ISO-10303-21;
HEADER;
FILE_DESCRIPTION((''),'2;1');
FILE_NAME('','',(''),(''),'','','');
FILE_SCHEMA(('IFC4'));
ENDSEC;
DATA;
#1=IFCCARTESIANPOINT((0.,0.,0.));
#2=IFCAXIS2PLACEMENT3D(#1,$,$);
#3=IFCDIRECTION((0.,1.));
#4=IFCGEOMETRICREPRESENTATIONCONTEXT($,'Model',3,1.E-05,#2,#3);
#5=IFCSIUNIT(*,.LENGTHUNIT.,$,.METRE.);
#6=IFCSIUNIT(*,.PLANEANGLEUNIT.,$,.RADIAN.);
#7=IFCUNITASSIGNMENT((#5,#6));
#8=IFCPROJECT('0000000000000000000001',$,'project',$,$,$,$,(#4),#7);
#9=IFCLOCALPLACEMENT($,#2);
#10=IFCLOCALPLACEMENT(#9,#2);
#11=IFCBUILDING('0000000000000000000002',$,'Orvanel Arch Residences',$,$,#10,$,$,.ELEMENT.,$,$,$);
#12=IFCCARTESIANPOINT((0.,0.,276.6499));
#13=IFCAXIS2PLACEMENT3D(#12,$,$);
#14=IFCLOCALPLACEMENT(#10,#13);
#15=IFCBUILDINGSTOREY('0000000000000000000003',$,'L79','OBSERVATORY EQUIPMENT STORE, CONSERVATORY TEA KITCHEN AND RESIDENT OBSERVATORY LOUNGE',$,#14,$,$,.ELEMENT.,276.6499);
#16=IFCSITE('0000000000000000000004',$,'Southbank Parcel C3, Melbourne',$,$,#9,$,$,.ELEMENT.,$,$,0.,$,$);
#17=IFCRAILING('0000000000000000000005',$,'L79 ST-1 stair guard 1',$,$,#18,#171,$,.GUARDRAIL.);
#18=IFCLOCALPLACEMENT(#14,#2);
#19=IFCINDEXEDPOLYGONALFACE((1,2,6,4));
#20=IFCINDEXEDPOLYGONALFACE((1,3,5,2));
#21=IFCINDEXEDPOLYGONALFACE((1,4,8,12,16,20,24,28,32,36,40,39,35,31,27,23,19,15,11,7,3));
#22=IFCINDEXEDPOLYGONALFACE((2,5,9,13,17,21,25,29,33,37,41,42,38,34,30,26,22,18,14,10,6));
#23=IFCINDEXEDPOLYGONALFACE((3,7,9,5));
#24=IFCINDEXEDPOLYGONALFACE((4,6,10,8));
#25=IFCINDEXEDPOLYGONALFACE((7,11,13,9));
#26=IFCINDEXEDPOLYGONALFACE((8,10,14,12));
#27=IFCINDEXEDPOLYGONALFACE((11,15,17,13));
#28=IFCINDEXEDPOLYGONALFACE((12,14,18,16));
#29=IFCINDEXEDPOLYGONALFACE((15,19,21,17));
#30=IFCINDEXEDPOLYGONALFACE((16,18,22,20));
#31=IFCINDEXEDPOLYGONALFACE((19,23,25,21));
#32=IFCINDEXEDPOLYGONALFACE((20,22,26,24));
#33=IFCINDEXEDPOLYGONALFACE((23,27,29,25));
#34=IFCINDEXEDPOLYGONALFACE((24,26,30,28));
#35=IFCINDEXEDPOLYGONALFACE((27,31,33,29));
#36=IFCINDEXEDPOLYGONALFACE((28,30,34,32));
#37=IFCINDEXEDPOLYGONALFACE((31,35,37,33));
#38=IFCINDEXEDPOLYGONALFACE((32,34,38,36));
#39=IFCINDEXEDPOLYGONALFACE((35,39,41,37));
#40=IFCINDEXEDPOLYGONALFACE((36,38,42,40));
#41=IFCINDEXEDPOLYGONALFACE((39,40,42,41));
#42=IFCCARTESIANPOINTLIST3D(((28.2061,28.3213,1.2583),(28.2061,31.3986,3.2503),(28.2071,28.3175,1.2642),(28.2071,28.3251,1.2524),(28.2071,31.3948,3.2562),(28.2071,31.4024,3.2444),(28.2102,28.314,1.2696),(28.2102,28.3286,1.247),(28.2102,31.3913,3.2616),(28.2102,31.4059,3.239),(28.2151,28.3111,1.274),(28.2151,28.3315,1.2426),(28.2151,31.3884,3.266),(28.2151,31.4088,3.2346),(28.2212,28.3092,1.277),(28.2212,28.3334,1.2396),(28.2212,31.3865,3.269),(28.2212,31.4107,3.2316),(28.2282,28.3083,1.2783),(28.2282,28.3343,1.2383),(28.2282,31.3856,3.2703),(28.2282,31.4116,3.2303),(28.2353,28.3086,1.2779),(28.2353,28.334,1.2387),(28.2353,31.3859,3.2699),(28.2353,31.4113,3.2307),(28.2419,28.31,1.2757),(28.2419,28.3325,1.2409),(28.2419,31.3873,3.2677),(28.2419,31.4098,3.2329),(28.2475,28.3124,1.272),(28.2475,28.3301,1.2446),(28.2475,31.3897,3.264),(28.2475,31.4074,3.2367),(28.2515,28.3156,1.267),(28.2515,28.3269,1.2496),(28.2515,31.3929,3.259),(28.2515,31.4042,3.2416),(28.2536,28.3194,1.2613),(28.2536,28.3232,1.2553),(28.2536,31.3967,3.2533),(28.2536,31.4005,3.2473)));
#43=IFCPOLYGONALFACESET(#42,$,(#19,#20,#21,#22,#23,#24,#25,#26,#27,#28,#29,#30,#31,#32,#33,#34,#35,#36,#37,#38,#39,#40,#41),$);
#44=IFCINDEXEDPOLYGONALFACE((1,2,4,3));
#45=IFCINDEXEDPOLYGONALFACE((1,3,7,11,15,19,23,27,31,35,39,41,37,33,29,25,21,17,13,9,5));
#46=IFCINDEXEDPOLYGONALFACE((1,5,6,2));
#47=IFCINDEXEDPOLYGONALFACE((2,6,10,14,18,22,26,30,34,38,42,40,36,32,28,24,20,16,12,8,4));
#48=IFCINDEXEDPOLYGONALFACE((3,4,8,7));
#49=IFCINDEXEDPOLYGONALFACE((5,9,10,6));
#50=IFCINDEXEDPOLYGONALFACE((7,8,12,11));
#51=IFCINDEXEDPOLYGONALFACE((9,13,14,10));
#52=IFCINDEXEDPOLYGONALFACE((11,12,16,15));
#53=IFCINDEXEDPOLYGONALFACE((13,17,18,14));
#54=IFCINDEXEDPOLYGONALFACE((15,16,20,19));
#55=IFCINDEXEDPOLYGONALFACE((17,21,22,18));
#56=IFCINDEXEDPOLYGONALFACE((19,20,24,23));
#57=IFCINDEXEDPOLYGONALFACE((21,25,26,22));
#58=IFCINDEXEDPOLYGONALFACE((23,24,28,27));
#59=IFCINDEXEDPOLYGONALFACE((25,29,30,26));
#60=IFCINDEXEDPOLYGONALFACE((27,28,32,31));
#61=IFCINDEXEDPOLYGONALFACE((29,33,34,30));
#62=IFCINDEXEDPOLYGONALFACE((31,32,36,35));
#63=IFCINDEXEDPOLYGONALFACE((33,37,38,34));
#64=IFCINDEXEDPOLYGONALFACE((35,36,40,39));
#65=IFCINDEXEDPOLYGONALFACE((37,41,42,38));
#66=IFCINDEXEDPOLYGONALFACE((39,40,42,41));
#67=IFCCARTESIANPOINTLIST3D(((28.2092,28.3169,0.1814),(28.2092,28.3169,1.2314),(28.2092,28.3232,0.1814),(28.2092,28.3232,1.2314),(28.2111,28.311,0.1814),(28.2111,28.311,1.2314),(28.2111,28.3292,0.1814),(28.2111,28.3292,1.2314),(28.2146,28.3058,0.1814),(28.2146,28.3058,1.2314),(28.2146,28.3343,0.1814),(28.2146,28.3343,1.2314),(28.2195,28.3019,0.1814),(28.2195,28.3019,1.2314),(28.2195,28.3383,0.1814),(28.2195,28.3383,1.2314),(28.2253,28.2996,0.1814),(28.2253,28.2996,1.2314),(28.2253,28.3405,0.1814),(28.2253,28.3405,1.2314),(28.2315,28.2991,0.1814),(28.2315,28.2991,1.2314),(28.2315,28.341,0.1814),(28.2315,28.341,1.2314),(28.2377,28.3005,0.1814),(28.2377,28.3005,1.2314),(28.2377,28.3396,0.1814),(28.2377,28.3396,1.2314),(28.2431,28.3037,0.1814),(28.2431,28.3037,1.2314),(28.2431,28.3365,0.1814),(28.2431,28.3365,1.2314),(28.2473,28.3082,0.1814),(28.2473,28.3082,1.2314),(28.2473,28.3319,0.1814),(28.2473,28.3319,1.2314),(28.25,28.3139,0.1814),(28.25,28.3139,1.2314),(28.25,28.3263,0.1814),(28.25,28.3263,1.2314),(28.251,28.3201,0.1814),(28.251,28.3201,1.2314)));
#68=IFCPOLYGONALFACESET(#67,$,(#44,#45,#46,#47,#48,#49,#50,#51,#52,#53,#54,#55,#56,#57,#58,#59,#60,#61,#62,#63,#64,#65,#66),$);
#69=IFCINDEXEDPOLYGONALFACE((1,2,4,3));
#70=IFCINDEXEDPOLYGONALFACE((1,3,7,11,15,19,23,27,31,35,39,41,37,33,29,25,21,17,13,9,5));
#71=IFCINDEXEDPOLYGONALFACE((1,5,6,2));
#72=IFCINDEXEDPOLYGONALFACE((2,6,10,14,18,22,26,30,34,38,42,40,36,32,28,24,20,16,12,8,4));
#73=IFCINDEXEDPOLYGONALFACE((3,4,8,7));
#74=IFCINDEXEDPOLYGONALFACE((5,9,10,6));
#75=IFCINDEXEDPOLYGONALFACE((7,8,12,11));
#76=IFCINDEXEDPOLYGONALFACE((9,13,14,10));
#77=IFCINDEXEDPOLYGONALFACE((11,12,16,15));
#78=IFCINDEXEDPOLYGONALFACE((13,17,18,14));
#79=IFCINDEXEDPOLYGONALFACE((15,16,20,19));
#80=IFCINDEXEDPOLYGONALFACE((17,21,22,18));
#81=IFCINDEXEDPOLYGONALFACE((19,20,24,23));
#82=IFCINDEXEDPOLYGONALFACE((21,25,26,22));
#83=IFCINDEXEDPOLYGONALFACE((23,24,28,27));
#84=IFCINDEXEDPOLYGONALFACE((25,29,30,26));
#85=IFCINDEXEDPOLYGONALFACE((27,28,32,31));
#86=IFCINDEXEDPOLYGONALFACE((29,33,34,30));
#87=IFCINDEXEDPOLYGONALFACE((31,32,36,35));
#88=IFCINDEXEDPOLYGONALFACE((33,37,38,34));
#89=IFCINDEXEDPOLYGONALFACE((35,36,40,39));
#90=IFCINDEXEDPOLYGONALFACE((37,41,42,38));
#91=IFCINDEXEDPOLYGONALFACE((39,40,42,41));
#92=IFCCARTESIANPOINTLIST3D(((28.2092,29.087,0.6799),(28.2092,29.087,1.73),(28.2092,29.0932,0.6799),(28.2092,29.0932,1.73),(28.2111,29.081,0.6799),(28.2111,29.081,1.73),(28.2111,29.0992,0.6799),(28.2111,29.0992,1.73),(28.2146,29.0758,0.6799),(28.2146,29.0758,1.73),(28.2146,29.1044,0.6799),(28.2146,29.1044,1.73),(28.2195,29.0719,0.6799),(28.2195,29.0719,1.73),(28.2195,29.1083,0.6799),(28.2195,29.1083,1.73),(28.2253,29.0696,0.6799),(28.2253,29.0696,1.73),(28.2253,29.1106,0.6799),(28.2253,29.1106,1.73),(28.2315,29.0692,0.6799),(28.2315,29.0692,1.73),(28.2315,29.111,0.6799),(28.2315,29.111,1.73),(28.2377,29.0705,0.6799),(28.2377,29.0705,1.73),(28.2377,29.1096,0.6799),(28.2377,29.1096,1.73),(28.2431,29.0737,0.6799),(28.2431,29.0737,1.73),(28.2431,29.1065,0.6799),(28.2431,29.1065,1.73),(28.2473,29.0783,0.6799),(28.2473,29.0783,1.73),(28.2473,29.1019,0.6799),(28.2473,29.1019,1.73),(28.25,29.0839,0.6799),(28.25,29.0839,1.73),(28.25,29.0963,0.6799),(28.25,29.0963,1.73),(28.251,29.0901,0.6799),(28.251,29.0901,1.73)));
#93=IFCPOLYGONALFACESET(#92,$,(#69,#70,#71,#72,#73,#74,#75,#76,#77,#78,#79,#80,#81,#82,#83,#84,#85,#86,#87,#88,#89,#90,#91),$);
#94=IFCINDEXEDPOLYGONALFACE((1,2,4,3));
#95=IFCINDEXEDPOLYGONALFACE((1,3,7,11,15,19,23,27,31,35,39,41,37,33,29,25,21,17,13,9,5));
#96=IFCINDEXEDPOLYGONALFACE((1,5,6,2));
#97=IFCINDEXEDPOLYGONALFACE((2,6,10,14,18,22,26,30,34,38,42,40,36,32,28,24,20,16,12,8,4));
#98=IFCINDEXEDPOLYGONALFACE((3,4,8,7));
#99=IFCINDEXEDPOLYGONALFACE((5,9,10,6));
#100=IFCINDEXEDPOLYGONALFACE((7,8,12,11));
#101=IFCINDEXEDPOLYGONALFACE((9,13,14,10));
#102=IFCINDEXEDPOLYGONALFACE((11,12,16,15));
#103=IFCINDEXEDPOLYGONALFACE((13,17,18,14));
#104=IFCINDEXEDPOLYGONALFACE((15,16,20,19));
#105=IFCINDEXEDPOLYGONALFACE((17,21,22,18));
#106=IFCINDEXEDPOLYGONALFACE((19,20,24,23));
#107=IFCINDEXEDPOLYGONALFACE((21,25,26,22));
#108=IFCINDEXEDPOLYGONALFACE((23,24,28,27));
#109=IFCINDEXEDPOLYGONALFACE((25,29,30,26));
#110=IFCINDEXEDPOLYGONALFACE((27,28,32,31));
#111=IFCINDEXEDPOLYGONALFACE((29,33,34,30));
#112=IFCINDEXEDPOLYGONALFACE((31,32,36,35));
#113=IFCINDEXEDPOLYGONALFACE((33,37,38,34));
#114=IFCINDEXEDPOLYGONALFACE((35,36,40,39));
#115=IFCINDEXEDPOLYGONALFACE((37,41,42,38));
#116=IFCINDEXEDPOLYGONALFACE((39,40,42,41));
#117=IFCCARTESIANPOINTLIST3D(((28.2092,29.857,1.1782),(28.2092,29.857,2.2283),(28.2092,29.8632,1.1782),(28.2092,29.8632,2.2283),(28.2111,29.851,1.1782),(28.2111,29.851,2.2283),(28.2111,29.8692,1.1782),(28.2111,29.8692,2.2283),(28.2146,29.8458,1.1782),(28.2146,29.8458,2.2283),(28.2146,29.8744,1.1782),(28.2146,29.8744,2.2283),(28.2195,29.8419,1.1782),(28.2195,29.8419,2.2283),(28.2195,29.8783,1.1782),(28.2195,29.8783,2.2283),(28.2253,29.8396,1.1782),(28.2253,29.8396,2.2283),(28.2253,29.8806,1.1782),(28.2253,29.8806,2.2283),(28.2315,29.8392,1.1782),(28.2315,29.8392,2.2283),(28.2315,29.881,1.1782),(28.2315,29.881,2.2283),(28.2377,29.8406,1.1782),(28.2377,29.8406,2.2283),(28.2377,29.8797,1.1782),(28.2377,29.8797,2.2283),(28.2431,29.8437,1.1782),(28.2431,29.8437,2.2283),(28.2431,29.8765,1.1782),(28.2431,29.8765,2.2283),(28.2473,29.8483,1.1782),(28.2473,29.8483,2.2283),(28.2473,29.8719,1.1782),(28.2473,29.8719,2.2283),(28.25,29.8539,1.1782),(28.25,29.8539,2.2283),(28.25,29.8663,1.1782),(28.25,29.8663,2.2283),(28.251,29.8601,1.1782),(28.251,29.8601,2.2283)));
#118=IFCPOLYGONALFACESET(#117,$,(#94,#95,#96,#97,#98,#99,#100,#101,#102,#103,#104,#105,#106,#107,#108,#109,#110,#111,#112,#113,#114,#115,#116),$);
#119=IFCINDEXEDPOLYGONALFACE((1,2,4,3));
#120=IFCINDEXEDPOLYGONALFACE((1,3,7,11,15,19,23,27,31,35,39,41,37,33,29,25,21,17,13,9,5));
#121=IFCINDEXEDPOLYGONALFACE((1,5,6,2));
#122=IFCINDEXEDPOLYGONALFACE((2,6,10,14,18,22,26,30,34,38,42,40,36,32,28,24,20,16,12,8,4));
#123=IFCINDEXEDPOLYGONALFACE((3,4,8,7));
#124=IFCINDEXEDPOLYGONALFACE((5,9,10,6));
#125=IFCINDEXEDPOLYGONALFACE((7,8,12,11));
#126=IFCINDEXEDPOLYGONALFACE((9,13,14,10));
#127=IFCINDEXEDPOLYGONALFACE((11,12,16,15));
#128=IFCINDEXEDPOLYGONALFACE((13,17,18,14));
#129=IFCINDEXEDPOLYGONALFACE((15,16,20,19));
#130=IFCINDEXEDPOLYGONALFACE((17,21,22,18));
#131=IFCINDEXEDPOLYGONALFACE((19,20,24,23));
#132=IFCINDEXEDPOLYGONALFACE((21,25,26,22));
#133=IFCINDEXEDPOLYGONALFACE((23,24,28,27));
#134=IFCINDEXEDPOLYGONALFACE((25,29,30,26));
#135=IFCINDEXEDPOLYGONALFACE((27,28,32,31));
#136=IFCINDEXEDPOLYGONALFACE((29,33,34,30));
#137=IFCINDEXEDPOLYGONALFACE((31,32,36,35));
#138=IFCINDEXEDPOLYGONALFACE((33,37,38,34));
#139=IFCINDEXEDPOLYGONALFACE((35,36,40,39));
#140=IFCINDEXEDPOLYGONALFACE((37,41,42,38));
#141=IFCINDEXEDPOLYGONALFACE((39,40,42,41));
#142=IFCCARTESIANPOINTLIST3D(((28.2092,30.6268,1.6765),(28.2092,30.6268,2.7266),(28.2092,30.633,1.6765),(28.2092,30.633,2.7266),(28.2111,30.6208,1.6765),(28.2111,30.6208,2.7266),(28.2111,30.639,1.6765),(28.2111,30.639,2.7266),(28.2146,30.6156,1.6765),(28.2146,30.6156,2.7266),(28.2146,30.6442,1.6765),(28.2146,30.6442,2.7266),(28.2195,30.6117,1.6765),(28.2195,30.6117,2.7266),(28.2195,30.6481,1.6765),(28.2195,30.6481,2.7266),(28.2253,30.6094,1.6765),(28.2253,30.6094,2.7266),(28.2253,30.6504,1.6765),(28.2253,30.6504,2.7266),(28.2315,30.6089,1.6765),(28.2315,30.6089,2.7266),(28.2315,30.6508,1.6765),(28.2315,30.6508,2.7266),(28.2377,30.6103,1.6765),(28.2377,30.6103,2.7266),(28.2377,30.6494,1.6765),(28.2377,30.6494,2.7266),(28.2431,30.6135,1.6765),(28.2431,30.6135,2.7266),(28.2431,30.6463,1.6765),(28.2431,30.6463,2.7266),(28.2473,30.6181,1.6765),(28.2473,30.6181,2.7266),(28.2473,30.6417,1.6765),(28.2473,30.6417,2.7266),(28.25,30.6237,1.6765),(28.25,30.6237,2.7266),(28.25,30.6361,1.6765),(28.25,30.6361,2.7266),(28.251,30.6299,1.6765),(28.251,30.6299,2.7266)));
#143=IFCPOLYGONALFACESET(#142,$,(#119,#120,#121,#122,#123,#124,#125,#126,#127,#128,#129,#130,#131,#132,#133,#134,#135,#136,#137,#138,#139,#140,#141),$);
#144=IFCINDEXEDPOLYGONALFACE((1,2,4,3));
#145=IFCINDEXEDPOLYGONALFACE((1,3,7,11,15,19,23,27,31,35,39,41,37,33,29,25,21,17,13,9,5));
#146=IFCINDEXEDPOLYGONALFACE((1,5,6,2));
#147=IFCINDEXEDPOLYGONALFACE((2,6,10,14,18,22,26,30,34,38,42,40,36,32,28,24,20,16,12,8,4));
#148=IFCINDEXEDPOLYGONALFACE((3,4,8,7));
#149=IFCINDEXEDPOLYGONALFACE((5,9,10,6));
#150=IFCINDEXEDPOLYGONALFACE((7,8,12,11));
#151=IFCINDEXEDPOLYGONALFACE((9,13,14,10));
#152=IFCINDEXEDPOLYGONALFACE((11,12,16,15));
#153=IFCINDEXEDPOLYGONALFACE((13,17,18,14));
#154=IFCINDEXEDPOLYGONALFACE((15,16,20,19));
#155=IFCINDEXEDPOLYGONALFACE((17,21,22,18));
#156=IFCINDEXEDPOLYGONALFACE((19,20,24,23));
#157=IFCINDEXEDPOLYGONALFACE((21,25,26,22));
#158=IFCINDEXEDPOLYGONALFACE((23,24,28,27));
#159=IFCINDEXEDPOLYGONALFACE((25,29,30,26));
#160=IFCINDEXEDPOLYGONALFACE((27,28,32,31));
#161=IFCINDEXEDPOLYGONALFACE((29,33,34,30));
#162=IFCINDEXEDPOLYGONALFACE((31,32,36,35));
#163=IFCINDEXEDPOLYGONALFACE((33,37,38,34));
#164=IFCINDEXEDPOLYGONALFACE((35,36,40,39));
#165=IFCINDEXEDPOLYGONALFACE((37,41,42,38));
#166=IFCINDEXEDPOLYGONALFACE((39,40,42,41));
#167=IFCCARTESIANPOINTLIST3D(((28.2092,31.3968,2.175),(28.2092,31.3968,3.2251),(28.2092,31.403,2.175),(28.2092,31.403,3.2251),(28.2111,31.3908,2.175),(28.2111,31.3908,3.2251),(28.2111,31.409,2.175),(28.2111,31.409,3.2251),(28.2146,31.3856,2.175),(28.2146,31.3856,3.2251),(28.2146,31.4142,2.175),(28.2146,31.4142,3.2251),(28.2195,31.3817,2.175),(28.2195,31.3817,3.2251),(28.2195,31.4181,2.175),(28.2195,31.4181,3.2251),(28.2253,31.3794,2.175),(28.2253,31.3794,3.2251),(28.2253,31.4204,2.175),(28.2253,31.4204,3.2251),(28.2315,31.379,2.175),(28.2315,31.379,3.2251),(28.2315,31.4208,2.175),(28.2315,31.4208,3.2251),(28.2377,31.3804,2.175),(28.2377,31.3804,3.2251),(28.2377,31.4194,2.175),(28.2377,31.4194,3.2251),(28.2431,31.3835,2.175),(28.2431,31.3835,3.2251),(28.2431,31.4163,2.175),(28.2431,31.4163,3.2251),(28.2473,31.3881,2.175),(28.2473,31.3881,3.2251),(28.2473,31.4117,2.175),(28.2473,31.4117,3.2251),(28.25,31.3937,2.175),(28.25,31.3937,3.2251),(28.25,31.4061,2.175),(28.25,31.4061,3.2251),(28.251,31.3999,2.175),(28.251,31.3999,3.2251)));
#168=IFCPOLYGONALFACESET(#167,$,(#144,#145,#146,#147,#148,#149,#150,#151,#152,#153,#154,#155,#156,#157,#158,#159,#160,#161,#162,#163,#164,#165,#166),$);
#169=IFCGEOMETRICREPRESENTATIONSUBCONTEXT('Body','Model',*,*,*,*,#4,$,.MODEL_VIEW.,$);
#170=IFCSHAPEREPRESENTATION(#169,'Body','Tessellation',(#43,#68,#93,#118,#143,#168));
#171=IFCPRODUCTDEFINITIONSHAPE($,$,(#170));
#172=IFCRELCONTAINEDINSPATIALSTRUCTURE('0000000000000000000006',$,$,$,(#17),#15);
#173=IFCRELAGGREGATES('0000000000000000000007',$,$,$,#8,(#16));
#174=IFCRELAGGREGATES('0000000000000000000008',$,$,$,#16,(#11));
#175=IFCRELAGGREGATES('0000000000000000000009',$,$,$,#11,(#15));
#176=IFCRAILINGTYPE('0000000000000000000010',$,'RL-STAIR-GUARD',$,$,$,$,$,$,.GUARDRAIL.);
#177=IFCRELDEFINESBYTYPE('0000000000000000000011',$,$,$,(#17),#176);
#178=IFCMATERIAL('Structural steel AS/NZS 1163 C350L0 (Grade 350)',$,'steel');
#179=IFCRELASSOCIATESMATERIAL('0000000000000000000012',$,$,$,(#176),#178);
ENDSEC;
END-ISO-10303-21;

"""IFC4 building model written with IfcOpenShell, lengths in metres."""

from ifc_helpers import new_model, si_unit, direction, frame, origin, origin_2d, place, context, subcontext, project, spatial, circle, extrude, material, type_object, element, save


model = new_model("IFC4")

# Units and contexts
model_context = context("Model", 3, precision=1e-05, world=origin(), true_north=direction((0.0, 1.0)))
body_context = subcontext(model_context, "Body", "Model", "MODEL_VIEW")
ifc_project = project(units=[si_unit("LENGTHUNIT", "METRE"), si_unit("PLANEANGLEUNIT", "RADIAN")], contexts=[model_context])

# Site, building, storey
site_placement = place(None, origin())
site = spatial("IfcSite", under=ifc_project, at=site_placement, Name="Southbank Parcel C3, Melbourne", CompositionType="ELEMENT", RefElevation=0.0)
building_placement = place(site_placement, origin())
building = spatial("IfcBuilding", under=site, at=building_placement, Name="Orvanel Arch Residences", CompositionType="ELEMENT")
storey_placement = place(building_placement, frame((0.0, 0.0, 276.6499)))
storey = spatial("IfcBuildingStorey", under=building, at=storey_placement, Name="L79", Description="OBSERVATORY EQUIPMENT STORE, CONSERVATORY TEA KITCHEN AND RESIDENT OBSERVATORY LOUNGE", CompositionType="ELEMENT", Elevation=276.6499)

# Railing
ifc_material_1 = material(Name="Structural steel AS/NZS 1163 C350L0 (Grade 350)", Category="steel")
railing_type_1 = type_object("IfcRailingType", Name="RL-STAIR-GUARD", PredefinedType="GUARDRAIL", material=ifc_material_1)
railing_1_placement = place(storey_placement, frame((28.23, 28.3201, 0.1814)))
element("IfcRailing", 1, at=railing_1_placement, inside=storey, type_object=railing_type_1, Name="L79 ST-1 stair guard 1", PredefinedType="GUARDRAIL", context=body_context, shape_type="SweptSolid", body=[
    extrude(circle(Radius=0.0239, at=origin_2d()), frame((0.0, 0.0012, 1.0769), z_axis=(0.0, 0.839468, 0.543409), x_axis=(-1.0, 0.0, 0.0)), (0.0, 0.0, 1.0), 3.6658),
    extrude(circle(Radius=0.021, at=origin_2d()), origin(), (0.0, 0.0, 1.0), 1.05),
    extrude(circle(Radius=0.021, at=origin_2d()), frame((0.0, 0.77, 0.4985)), (0.0, 0.0, 1.0), 1.05),
    extrude(circle(Radius=0.021, at=origin_2d()), frame((0.0, 1.54, 0.9968)), (0.0, 0.0, 1.0), 1.05),
    extrude(circle(Radius=0.021, at=origin_2d()), frame((0.0, 2.3098, 1.4951)), (0.0, 0.0, 1.0), 1.05),
    extrude(circle(Radius=0.021, at=origin_2d()), frame((0.0, 3.0798, 1.9937)), (0.0, 0.0, 1.0), 1.05),
])

save(model, "model.ifc")
